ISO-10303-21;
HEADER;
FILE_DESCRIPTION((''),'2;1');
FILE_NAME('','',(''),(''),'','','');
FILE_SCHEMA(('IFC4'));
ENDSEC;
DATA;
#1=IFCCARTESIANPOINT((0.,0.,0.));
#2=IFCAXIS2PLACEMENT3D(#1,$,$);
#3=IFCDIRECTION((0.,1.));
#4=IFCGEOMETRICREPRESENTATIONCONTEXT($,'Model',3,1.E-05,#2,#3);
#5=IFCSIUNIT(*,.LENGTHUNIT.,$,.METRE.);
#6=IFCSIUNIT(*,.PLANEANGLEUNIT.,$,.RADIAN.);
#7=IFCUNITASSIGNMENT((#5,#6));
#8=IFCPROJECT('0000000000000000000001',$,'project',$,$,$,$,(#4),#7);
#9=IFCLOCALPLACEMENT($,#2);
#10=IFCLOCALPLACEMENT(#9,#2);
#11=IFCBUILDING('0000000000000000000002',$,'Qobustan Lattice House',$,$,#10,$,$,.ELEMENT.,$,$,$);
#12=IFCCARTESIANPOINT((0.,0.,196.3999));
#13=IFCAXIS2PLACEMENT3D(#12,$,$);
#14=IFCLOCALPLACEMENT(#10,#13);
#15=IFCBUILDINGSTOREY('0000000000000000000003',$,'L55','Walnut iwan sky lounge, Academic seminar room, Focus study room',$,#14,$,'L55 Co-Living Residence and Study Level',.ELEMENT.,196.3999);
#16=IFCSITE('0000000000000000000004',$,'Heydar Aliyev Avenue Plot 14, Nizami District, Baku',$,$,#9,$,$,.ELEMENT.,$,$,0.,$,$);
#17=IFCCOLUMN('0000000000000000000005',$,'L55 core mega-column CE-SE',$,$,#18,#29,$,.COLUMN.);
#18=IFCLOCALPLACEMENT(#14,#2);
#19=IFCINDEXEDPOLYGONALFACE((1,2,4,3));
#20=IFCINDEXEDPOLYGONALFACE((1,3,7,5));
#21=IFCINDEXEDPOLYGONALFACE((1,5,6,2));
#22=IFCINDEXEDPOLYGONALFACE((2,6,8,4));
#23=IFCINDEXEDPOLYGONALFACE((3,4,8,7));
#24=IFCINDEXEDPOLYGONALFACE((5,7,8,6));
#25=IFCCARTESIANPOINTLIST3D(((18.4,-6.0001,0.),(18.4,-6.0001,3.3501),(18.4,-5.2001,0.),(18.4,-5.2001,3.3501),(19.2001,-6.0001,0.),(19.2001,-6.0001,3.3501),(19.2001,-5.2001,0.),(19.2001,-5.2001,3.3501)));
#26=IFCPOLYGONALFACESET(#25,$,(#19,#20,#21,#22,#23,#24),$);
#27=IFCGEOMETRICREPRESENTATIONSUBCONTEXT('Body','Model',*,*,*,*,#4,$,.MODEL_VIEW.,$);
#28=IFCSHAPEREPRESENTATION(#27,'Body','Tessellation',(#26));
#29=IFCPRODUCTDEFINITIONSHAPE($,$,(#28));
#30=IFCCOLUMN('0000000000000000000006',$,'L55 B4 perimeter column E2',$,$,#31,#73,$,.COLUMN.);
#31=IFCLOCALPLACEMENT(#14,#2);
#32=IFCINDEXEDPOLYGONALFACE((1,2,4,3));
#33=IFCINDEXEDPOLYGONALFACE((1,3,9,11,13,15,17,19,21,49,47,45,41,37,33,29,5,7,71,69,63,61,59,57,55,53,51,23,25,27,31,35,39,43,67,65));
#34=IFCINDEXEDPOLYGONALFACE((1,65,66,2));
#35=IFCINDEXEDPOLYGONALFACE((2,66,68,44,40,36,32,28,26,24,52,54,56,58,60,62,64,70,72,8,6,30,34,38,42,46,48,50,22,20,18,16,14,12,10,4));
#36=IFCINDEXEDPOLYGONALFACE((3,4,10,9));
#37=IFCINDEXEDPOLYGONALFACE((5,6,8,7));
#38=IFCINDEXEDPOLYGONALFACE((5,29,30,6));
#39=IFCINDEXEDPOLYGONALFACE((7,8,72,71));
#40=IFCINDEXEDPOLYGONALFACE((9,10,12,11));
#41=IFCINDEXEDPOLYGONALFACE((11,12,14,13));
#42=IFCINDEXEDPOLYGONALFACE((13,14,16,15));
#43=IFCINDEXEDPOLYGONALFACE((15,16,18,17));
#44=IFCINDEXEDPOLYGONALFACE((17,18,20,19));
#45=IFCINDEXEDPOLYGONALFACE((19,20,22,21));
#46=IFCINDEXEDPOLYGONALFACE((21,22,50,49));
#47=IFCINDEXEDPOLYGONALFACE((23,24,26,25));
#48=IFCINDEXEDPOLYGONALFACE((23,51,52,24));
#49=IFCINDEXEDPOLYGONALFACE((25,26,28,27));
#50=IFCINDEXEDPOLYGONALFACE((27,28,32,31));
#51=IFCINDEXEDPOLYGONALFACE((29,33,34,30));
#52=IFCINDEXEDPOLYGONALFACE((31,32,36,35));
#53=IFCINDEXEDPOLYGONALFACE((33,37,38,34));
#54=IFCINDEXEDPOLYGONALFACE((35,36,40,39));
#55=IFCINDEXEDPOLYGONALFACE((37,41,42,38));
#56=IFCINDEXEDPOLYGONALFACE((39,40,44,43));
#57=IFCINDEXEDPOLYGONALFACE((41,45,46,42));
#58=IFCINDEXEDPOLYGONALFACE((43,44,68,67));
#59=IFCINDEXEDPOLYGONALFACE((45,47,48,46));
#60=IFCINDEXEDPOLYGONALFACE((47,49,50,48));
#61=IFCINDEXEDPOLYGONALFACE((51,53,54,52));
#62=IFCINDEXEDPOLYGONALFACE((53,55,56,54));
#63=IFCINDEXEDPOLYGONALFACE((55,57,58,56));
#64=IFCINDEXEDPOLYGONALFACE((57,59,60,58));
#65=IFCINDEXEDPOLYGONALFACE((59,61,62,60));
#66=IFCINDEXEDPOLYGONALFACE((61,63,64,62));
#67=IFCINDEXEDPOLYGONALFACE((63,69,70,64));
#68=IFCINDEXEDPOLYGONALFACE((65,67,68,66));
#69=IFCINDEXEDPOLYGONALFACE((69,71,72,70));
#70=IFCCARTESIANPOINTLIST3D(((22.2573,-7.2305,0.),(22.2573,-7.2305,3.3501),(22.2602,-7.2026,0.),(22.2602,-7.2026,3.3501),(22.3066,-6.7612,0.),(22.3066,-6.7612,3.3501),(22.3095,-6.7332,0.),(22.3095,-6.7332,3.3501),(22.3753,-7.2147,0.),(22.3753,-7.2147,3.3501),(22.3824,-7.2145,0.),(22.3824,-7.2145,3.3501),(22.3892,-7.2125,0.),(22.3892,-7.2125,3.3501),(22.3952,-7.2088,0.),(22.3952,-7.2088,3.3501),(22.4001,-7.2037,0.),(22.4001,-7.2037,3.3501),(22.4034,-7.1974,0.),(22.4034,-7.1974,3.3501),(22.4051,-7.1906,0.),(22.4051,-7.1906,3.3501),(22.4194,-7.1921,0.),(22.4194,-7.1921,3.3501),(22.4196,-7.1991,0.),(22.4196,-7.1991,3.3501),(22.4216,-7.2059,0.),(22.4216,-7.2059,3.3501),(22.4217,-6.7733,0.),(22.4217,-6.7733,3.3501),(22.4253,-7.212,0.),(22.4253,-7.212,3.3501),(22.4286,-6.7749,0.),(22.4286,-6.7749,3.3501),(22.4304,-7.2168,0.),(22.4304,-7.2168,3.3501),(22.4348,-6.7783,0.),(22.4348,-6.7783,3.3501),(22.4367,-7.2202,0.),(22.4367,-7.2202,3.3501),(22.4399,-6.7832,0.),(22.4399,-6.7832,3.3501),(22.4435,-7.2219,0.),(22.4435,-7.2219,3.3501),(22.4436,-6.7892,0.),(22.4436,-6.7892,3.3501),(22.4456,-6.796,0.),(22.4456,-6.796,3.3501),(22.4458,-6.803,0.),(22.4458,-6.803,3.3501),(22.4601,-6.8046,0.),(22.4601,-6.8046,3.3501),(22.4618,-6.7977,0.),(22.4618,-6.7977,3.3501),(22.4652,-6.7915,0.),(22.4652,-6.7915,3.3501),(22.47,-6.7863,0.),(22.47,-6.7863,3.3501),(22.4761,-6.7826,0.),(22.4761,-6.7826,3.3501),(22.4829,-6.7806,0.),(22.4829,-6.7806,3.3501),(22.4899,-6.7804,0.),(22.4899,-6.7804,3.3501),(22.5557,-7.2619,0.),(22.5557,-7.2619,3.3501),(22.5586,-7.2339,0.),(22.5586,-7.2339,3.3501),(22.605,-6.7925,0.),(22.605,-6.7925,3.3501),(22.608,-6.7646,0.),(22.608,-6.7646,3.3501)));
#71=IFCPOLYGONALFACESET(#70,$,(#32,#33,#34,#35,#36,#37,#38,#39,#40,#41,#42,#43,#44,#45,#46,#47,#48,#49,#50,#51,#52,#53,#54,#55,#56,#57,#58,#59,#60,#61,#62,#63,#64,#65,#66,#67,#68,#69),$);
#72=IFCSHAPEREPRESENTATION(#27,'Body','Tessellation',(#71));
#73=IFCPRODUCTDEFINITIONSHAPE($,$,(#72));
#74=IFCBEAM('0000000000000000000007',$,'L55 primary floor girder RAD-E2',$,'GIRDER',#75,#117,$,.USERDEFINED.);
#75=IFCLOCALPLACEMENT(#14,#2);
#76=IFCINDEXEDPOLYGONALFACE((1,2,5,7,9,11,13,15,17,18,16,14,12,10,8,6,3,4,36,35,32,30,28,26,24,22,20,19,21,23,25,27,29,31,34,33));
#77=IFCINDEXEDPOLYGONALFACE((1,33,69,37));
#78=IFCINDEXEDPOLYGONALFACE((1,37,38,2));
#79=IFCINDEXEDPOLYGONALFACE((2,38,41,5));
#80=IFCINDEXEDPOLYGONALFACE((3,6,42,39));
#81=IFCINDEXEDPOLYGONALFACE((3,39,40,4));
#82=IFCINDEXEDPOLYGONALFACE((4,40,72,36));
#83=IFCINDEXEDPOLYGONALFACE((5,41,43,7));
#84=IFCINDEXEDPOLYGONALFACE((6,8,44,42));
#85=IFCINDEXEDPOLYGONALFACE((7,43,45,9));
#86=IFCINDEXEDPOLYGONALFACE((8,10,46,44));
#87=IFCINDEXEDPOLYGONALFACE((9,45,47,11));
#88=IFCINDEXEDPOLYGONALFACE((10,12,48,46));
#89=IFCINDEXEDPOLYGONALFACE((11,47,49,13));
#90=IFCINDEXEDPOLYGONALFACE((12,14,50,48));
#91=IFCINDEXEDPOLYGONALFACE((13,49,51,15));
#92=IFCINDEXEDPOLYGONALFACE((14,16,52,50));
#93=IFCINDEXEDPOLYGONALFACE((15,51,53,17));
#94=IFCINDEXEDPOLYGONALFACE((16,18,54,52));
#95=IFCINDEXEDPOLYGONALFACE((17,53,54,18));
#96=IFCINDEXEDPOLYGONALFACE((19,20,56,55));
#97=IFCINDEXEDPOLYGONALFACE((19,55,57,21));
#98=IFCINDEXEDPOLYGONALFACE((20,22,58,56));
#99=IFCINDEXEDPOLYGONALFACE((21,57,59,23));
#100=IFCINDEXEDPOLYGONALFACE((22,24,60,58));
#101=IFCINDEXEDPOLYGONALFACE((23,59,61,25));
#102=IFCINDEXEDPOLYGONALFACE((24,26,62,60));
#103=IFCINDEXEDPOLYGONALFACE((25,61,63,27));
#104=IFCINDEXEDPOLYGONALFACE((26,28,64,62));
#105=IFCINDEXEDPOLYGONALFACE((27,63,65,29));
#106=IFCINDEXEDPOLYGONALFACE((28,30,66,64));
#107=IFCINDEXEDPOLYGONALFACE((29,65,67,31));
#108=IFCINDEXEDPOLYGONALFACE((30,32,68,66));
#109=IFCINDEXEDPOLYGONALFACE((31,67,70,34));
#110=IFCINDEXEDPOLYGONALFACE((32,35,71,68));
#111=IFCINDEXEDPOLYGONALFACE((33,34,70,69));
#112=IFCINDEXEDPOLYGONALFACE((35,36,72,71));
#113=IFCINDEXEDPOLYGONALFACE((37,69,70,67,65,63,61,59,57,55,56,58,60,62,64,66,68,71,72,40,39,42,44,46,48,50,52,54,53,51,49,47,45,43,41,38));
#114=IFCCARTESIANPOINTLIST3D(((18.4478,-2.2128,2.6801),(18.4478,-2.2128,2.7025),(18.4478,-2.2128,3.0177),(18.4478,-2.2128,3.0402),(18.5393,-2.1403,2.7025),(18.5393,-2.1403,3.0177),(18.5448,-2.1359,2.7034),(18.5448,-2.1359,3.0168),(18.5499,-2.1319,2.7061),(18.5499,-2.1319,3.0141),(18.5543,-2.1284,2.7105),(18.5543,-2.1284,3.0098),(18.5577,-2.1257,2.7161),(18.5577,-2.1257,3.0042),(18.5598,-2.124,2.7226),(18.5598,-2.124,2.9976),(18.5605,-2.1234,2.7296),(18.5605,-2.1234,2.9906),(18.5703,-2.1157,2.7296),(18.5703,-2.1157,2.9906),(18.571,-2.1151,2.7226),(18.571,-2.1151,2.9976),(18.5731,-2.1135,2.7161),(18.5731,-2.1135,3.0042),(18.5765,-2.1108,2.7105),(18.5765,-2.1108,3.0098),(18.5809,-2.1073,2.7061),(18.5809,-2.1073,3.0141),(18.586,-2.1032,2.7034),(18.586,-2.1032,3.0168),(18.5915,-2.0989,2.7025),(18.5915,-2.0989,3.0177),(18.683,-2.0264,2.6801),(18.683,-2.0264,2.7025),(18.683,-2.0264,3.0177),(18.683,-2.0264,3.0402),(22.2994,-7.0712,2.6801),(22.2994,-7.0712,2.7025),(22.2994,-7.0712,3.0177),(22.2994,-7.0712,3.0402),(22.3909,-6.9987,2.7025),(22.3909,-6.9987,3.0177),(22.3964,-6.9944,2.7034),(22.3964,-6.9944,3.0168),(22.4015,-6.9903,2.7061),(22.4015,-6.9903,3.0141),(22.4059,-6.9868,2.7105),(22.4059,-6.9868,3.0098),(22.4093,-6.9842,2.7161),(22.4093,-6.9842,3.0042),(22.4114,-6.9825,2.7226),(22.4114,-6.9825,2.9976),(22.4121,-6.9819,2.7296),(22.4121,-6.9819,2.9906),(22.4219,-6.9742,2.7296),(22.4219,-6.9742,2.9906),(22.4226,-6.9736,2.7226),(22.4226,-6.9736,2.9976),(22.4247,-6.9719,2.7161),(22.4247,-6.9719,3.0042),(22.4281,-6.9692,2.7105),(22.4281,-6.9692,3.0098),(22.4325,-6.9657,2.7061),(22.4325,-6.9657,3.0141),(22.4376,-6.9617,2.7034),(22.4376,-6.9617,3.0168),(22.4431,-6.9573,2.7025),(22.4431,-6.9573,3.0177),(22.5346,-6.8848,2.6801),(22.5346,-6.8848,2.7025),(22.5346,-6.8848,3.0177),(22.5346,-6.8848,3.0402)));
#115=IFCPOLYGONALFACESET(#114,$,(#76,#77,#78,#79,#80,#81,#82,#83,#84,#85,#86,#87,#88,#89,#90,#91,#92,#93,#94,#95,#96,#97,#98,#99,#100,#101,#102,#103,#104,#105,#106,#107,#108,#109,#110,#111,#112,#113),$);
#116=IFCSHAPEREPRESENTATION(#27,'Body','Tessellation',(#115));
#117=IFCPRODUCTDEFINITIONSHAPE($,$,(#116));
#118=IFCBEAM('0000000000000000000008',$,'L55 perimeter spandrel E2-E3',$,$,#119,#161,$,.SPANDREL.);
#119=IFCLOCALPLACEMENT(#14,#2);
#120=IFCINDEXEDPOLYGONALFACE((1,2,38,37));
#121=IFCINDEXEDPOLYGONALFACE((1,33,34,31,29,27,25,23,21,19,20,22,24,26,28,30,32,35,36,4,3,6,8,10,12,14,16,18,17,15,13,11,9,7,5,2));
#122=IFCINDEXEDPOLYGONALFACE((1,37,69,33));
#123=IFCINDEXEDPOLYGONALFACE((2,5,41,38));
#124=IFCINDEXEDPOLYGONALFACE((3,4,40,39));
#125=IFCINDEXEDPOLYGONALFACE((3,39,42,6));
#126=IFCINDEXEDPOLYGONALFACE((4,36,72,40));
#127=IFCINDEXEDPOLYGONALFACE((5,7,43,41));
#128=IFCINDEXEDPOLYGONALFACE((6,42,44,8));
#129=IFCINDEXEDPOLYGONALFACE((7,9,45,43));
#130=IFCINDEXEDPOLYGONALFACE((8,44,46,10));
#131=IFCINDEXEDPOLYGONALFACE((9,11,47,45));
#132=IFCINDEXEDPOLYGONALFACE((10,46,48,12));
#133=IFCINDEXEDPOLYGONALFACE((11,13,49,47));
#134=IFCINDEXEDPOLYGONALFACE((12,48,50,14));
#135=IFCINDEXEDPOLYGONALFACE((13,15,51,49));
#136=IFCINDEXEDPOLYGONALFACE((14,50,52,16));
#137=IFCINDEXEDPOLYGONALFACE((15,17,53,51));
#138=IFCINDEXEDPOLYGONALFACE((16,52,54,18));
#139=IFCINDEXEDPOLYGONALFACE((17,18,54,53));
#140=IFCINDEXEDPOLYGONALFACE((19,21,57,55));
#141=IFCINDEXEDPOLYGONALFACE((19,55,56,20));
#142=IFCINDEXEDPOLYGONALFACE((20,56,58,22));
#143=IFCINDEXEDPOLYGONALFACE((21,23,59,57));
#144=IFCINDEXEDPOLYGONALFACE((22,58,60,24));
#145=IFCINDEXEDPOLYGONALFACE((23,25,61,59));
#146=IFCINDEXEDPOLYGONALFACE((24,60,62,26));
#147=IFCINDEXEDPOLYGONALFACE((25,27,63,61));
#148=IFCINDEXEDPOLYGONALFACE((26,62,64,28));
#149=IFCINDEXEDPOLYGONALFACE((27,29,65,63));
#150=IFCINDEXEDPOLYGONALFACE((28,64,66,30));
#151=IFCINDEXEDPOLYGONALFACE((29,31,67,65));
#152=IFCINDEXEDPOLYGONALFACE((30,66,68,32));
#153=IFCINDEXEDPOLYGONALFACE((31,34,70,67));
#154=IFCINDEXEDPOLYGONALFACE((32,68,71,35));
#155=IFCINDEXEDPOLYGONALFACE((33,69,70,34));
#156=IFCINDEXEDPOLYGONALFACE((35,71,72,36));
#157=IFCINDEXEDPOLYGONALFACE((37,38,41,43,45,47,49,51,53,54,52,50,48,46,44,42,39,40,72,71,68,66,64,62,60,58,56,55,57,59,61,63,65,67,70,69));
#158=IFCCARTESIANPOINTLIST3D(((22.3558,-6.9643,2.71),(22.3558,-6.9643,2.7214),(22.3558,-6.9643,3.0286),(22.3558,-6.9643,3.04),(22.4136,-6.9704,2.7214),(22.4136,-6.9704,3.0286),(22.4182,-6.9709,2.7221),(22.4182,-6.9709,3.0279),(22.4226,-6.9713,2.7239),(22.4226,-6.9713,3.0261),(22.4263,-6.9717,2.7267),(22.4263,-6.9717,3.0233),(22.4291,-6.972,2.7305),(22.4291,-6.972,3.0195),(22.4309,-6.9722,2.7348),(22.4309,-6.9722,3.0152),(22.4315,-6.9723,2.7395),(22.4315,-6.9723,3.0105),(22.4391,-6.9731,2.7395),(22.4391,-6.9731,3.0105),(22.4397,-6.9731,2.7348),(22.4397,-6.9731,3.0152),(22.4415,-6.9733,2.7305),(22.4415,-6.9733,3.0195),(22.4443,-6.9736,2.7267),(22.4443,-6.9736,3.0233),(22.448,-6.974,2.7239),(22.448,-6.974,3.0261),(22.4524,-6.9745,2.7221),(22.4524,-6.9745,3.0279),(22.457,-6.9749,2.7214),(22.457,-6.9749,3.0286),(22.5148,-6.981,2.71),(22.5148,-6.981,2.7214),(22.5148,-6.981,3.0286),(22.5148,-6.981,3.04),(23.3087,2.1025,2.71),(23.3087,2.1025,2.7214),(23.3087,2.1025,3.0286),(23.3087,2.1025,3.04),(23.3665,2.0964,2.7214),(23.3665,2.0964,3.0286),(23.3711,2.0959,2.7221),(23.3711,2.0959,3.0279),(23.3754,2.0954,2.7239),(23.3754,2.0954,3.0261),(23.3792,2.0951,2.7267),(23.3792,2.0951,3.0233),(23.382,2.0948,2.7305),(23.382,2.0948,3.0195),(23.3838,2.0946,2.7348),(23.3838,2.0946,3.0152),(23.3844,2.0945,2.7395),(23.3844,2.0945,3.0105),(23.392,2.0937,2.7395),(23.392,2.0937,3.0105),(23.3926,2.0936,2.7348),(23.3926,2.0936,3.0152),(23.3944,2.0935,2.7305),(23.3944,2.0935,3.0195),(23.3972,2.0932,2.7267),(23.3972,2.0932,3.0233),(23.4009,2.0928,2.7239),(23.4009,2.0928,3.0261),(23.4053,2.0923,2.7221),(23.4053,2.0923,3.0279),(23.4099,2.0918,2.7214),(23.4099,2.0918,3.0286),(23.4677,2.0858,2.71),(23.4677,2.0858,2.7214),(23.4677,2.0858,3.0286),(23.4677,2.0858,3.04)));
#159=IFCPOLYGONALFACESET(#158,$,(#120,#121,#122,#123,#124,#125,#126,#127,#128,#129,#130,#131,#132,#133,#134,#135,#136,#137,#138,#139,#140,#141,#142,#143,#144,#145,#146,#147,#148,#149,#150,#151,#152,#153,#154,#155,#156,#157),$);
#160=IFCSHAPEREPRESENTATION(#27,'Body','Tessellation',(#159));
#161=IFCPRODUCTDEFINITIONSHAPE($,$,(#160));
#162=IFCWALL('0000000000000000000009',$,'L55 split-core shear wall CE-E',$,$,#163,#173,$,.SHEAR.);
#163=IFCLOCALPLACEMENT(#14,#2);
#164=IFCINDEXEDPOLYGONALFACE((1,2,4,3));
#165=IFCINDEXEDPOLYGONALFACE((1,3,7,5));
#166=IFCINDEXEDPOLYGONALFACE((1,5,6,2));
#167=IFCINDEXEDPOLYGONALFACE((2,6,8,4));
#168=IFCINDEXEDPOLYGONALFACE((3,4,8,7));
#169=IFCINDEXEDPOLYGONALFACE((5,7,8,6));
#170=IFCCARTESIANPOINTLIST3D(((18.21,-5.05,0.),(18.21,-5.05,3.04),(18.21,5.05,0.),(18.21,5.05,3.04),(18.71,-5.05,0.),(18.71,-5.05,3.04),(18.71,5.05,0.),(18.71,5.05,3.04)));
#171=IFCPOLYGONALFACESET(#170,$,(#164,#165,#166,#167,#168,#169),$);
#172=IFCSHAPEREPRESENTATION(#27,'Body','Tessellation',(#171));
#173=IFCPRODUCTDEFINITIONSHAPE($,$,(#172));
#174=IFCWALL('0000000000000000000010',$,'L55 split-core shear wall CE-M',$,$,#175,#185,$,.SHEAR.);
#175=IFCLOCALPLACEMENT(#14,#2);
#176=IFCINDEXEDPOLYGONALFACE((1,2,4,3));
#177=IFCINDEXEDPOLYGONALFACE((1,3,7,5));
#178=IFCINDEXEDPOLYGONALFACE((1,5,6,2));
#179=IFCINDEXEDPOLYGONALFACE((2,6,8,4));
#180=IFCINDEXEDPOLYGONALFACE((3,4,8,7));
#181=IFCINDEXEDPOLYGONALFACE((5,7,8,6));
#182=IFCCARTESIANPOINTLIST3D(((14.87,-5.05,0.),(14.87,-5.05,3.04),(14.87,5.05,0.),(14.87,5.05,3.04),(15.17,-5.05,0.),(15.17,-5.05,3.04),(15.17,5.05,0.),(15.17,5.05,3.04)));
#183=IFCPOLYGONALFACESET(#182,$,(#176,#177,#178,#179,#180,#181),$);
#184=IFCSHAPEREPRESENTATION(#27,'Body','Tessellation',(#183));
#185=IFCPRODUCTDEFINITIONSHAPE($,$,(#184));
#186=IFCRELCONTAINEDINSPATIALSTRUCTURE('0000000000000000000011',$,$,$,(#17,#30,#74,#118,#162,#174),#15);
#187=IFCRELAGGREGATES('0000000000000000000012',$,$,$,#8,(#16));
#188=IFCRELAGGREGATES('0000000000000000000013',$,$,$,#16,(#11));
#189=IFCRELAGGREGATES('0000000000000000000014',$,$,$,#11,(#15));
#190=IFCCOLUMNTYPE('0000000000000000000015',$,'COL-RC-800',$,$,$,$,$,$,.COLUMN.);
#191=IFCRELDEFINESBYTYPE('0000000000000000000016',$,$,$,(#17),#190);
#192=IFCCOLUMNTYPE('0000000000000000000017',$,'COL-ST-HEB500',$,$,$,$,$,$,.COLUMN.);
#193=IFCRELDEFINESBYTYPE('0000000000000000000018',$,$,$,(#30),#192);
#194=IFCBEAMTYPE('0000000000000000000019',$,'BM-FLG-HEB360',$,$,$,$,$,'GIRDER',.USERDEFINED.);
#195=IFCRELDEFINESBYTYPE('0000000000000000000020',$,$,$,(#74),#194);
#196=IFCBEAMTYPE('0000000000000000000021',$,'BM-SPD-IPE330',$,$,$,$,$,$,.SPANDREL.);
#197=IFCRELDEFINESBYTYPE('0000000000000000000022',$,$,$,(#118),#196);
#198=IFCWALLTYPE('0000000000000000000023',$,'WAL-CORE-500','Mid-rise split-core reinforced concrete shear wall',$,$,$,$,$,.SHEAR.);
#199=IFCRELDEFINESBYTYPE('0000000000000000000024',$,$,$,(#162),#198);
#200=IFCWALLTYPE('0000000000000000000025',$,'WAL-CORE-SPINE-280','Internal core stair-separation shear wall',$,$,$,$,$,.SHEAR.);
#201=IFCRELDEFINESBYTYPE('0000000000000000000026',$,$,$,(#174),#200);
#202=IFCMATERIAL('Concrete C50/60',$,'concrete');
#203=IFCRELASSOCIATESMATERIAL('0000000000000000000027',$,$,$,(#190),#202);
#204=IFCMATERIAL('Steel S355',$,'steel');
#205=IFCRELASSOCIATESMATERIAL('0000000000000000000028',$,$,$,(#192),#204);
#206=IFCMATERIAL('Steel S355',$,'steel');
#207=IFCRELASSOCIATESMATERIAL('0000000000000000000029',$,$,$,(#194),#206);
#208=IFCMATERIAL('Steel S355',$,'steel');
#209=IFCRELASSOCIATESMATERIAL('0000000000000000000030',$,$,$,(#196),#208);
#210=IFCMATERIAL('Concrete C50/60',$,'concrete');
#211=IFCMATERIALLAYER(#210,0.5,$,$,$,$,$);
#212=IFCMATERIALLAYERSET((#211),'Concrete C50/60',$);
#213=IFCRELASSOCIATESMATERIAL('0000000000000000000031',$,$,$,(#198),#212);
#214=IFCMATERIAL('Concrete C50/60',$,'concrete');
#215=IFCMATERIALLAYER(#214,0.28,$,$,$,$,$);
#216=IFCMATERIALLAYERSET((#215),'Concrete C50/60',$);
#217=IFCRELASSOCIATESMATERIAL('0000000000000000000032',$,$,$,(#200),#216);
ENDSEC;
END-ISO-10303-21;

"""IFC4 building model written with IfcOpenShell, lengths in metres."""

from ifc_helpers import new_model, si_unit, direction, frame, frame_2d, origin, origin_2d, place, context, subcontext, project, spatial, rectangle, i_section, extrude, material, layer, layer_set, material_profile, profile_set, type_object, element, save


model = new_model("IFC4")

# Units and contexts
model_context = context("Model", 3, precision=1e-05, world=origin(), true_north=direction((0.0, 1.0)))
body_context = subcontext(model_context, "Body", "Model", "MODEL_VIEW")
ifc_project = project(units=[si_unit("LENGTHUNIT", "METRE"), si_unit("PLANEANGLEUNIT", "RADIAN")], contexts=[model_context])

# Site, building, storey
site_placement = place(None, origin())
site = spatial("IfcSite", under=ifc_project, at=site_placement, Name="Heydar Aliyev Avenue Plot 14, Nizami District, Baku", CompositionType="ELEMENT", RefElevation=0.0)
building_placement = place(site_placement, origin())
building = spatial("IfcBuilding", under=site, at=building_placement, Name="Qobustan Lattice House", CompositionType="ELEMENT")
storey_placement = place(building_placement, frame((0.0, 0.0, 196.3999)))
storey = spatial("IfcBuildingStorey", under=building, at=storey_placement, Name="L55", Description="Walnut iwan sky lounge, Academic seminar room, Focus study room", LongName="L55 Co-Living Residence and Study Level", CompositionType="ELEMENT", Elevation=196.3999)

# Columns
ifc_material_1 = material(Name="Concrete C50/60", Category="concrete")
ifc_material_profile_1 = material_profile(ifc_material_1, rectangle(XDim=0.8, YDim=0.8, at=origin_2d()), Name="RC800x800")
ifc_profile_set_1 = profile_set([ifc_material_profile_1], Name="Concrete C50/60")
column_type_1 = type_object("IfcColumnType", Name="COL-RC-800", PredefinedType="COLUMN", material=ifc_profile_set_1)
column_1_placement = place(storey_placement, frame((18.8, -5.6001, 0.0), z_axis=(0.0, 0.0, 1.0), x_axis=(1.0, 0.0, 0.0)))
element("IfcColumn", 1, at=column_1_placement, inside=storey, type_object=column_type_1, Name="L55 core mega-column CE-SE", PredefinedType="COLUMN", context=body_context, shape_type="SweptSolid", body=[
    extrude(rectangle(XDim=0.8, YDim=0.8, at=origin_2d()), origin(), (0.0, 0.0, 1.0), 3.3501),
])
ifc_material_2 = material(Name="Steel S355", Category="steel")
ifc_material_profile_2 = material_profile(ifc_material_2, i_section(OverallWidth=0.3, OverallDepth=0.5, WebThickness=0.0144, FlangeThickness=0.0281, FilletRadius=0.0271, at=origin_2d()), Name="HEB500")
ifc_profile_set_2 = profile_set([ifc_material_profile_2], Name="Steel S355")
column_type_2 = type_object("IfcColumnType", Name="COL-ST-HEB500", PredefinedType="COLUMN", material=ifc_profile_set_2)
column_2_placement = place(storey_placement, frame((22.4326, -6.9976, 0.0), z_axis=(0.0, 0.0, 1.0), x_axis=(0.994522, -0.104528, 0.0)))
element("IfcColumn", 2, at=column_2_placement, inside=storey, type_object=column_type_2, Name="L55 B4 perimeter column E2", PredefinedType="COLUMN", context=body_context, shape_type="SweptSolid", body=[
    extrude(i_section(OverallWidth=0.3, OverallDepth=0.5, WebThickness=0.0144, FlangeThickness=0.0281, FilletRadius=0.0271, at=origin_2d()), origin(), (0.0, 0.0, 1.0), 3.3501),
])

# Beams
ifc_material_3 = material(Name="Steel S355", Category="steel")
ifc_material_profile_3 = material_profile(ifc_material_3, i_section(OverallWidth=0.3, OverallDepth=0.3601, WebThickness=0.0125, FlangeThickness=0.0225, FilletRadius=0.0271, at=origin_2d()), Name="HEB360")
ifc_profile_set_3 = profile_set([ifc_material_profile_3], Name="Steel S355")
beam_type_1 = type_object("IfcBeamType", Name="BM-FLG-HEB360", ElementType="GIRDER", PredefinedType="USERDEFINED", material=ifc_profile_set_3)
beam_1_placement = place(storey_placement, frame((22.417, -6.978, 2.8601), z_axis=(-0.621231, 0.783627, 0.0), x_axis=(-0.783627, -0.621231, 0.0)))
element("IfcBeam", 3, at=beam_1_placement, inside=storey, type_object=beam_type_1, Name="L55 primary floor girder RAD-E2", ObjectType="GIRDER", PredefinedType="USERDEFINED", context=body_context, shape_type="SweptSolid", body=[
    extrude(i_section(OverallWidth=0.3, OverallDepth=0.3601, WebThickness=0.0125, FlangeThickness=0.0225, FilletRadius=0.0271, at=origin_2d()), origin(), (0.0, 0.0, 1.0), 6.2),
])
ifc_material_4 = material(Name="Steel S355", Category="steel")
ifc_material_profile_4 = material_profile(ifc_material_4, i_section(OverallWidth=0.1599, OverallDepth=0.3301, WebThickness=0.0076, FlangeThickness=0.0115, FilletRadius=0.0181, at=origin_2d()), Name="IPE330")
ifc_profile_set_4 = profile_set([ifc_material_profile_4], Name="Steel S355")
beam_type_2 = type_object("IfcBeamType", Name="BM-SPD-IPE330", PredefinedType="SPANDREL", material=ifc_profile_set_4)
beam_2_placement = place(storey_placement, frame((22.4353, -6.9727, 2.875), z_axis=(0.104522, 0.994523, 0.0), x_axis=(-0.994523, 0.104522, 0.0)))
element("IfcBeam", 4, at=beam_2_placement, inside=storey, type_object=beam_type_2, Name="L55 perimeter spandrel E2-E3", PredefinedType="SPANDREL", context=body_context, shape_type="SweptSolid", body=[
    extrude(i_section(OverallWidth=0.1599, OverallDepth=0.3301, WebThickness=0.0076, FlangeThickness=0.0115, FilletRadius=0.0181, at=origin_2d()), origin(), (0.0, 0.0, 1.0), 9.1167),
])

# Walls
ifc_material_5 = material(Name="Concrete C50/60", Category="concrete")
ifc_layer_1 = layer(ifc_material_5, 0.5)
ifc_layer_set_1 = layer_set([ifc_layer_1], Name="Concrete C50/60")
wall_type_1 = type_object("IfcWallType", Name="WAL-CORE-500", Description="Mid-rise split-core reinforced concrete shear wall", PredefinedType="SHEAR", material=ifc_layer_set_1)
wall_1_placement = place(storey_placement, frame((18.46, -5.05, 0.0), z_axis=(0.0, 0.0, 1.0), x_axis=(0.0, 1.0, 0.0)))
element("IfcWall", 5, at=wall_1_placement, inside=storey, type_object=wall_type_1, Name="L55 split-core shear wall CE-E", PredefinedType="SHEAR", context=body_context, shape_type="SweptSolid", body=[
    extrude(rectangle(XDim=10.1001, YDim=0.5, at=frame_2d((5.05, 0.0))), origin(), (0.0, 0.0, 1.0), 3.04),
])
ifc_material_6 = material(Name="Concrete C50/60", Category="concrete")
ifc_layer_2 = layer(ifc_material_6, 0.28)
ifc_layer_set_2 = layer_set([ifc_layer_2], Name="Concrete C50/60")
wall_type_2 = type_object("IfcWallType", Name="WAL-CORE-SPINE-280", Description="Internal core stair-separation shear wall", PredefinedType="SHEAR", material=ifc_layer_set_2)
wall_2_placement = place(storey_placement, frame((15.02, -5.05, 0.0), z_axis=(0.0, 0.0, 1.0), x_axis=(0.0, 1.0, 0.0)))
element("IfcWall", 6, at=wall_2_placement, inside=storey, type_object=wall_type_2, Name="L55 split-core shear wall CE-M", PredefinedType="SHEAR", context=body_context, shape_type="SweptSolid", body=[
    extrude(rectangle(XDim=10.1001, YDim=0.3, at=frame_2d((5.05, 0.0))), origin(), (0.0, 0.0, 1.0), 3.04),
])

save(model, "model.ifc")
